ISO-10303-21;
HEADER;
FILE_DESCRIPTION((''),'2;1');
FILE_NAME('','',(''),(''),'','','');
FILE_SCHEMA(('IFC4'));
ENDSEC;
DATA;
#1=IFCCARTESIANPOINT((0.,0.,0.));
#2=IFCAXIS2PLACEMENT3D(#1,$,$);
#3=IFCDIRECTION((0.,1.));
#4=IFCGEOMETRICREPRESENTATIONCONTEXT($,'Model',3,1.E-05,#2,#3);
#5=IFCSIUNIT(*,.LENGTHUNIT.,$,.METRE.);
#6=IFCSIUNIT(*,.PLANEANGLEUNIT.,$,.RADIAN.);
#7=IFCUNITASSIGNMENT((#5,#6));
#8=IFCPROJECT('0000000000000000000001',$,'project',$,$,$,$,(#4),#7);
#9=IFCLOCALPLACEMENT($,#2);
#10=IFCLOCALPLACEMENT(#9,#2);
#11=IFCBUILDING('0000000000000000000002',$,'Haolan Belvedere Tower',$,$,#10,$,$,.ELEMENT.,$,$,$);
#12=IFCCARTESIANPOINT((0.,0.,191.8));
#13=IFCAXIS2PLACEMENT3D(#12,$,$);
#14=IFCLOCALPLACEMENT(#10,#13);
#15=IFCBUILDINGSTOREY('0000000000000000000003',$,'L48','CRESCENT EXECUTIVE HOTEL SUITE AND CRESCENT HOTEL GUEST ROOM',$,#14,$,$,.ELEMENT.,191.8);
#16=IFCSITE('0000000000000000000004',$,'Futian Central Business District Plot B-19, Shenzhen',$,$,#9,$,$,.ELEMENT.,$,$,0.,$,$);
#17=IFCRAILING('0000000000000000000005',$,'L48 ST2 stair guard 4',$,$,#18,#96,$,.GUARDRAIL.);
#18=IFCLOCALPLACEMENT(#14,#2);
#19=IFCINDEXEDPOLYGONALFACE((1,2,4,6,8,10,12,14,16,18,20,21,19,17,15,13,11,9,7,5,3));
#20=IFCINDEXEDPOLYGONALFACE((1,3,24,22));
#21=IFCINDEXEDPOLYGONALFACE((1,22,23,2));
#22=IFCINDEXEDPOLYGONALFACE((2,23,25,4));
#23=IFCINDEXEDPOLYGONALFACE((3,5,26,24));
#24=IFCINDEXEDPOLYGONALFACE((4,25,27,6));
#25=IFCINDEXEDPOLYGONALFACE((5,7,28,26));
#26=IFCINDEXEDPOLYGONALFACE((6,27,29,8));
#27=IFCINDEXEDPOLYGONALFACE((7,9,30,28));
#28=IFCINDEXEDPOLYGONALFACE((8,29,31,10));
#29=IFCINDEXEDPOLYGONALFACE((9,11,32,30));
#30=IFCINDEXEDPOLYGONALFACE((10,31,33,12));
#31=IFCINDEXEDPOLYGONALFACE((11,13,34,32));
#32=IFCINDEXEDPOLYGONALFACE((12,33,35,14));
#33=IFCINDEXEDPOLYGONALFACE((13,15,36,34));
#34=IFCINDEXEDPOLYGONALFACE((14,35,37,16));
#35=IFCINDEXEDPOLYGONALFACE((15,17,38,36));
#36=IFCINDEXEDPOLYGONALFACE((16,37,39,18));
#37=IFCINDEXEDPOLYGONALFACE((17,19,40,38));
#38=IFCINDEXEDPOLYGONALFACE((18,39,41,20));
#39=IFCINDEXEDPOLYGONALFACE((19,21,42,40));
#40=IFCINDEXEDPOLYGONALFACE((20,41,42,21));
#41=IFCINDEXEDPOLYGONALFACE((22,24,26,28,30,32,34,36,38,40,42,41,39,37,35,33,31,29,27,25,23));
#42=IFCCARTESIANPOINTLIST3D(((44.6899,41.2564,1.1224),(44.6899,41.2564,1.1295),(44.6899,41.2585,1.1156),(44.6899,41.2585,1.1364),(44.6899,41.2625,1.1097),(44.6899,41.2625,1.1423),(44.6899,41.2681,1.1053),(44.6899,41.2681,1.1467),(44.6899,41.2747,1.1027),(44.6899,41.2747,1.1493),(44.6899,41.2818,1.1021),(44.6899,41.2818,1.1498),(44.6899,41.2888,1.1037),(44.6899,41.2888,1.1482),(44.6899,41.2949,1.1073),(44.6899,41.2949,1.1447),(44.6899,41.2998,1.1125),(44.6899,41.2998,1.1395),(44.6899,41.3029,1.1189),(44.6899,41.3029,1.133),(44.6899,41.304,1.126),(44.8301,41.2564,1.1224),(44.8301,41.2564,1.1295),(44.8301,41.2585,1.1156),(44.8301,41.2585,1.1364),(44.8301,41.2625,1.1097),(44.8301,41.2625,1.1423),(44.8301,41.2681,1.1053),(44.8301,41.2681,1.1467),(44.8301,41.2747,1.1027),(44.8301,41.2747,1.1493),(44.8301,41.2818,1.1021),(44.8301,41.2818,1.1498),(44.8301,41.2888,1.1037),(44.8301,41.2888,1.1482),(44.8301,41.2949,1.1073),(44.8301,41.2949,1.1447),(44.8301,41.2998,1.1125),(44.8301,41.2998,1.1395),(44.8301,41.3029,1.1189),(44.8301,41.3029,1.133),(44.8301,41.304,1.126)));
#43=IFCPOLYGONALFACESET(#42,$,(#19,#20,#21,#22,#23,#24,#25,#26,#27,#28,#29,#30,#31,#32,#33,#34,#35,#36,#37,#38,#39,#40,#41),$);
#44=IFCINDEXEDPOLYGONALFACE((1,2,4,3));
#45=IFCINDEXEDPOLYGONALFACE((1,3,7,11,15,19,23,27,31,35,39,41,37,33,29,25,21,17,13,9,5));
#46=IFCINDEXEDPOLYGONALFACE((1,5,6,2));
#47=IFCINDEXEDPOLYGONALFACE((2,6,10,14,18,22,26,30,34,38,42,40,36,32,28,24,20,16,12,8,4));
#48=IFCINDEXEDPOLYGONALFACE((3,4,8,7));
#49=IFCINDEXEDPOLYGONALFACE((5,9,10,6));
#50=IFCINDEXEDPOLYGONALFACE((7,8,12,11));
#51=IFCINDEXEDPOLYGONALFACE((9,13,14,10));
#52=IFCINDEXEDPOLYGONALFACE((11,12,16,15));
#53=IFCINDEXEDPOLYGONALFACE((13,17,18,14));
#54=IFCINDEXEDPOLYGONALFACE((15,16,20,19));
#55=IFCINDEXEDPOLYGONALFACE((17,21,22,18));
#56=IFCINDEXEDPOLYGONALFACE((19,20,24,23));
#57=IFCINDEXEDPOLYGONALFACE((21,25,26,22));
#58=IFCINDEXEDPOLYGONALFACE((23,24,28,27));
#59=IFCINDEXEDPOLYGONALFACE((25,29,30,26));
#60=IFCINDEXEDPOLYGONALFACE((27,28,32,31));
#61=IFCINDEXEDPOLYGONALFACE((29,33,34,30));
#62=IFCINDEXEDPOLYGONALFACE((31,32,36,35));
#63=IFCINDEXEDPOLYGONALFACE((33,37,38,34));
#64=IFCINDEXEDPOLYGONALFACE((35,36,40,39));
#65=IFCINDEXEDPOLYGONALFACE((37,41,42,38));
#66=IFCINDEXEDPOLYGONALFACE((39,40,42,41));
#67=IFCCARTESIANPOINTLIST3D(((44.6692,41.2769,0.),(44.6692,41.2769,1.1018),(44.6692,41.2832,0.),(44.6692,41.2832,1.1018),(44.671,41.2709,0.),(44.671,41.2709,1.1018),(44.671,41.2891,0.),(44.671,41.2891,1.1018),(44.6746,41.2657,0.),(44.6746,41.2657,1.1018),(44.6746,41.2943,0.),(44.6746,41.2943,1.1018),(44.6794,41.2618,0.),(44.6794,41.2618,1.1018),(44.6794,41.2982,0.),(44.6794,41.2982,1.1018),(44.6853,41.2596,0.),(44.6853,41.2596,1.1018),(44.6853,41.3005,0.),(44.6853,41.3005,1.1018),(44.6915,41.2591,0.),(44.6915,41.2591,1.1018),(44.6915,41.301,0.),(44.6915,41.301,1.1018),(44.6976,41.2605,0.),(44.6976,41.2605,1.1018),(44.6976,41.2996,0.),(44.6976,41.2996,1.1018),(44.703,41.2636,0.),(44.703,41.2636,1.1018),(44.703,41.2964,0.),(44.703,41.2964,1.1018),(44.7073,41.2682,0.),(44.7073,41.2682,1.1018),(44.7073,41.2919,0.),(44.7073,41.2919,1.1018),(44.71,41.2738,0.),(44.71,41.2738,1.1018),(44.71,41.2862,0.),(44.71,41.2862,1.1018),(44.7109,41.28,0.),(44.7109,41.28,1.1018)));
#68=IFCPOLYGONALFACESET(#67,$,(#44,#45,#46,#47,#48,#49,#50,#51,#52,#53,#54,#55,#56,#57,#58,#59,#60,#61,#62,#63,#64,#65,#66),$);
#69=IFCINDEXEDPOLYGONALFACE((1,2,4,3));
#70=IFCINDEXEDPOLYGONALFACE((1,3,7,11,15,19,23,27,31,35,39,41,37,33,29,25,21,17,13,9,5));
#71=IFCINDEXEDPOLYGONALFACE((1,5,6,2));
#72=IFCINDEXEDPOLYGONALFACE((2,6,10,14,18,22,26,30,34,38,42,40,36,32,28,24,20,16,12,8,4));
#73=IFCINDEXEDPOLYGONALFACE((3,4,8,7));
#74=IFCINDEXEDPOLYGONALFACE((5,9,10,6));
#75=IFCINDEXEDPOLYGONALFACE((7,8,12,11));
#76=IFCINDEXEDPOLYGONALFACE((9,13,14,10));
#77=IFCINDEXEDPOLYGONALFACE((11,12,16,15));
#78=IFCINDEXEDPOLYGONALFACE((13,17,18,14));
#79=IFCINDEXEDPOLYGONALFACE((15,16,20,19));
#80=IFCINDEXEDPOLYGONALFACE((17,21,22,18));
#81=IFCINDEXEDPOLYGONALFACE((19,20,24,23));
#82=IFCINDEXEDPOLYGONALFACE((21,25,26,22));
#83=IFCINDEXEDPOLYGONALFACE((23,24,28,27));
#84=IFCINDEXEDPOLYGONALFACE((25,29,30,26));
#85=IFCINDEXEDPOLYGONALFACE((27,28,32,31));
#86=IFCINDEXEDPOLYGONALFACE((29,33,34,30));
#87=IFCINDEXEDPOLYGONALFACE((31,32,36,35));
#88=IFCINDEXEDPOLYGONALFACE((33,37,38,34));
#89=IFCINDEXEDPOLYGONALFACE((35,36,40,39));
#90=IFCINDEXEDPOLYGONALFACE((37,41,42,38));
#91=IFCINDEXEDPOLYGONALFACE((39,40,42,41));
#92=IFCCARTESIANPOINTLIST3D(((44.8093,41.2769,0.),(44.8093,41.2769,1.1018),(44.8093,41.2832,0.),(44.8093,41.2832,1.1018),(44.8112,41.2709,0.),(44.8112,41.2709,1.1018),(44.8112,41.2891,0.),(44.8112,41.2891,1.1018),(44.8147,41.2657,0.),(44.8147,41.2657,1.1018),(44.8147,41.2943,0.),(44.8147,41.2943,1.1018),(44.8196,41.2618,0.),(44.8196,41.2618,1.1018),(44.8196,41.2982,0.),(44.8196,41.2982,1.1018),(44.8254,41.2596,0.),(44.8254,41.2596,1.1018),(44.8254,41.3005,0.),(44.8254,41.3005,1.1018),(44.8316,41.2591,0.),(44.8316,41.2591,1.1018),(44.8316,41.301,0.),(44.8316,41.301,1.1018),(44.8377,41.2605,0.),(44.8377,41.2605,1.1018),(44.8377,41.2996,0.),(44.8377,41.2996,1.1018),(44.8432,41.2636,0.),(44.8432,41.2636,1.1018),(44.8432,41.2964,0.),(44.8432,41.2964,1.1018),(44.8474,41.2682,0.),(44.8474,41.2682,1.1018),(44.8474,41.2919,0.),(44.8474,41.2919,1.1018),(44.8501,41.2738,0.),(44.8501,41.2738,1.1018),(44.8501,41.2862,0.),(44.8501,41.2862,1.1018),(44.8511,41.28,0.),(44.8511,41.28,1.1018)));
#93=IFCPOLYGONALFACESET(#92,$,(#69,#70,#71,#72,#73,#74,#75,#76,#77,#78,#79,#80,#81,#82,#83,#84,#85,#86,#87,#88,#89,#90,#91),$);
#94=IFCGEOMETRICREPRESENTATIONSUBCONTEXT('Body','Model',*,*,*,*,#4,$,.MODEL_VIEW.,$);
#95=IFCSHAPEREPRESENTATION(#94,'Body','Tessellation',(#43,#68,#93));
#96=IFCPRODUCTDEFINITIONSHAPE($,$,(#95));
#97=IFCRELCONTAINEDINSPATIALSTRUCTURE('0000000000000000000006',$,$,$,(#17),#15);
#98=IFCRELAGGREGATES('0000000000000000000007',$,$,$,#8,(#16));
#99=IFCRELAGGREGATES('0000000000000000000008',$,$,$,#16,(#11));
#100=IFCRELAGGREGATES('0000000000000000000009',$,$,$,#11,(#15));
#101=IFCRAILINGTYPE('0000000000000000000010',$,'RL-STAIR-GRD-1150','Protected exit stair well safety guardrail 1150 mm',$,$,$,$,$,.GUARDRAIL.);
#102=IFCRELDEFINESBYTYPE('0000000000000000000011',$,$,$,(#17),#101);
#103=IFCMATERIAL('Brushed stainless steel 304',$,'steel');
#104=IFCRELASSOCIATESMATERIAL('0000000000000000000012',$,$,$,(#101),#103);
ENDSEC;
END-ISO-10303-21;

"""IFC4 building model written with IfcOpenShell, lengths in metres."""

from ifc_helpers import new_model, si_unit, direction, frame, origin, origin_2d, place, context, subcontext, project, spatial, circle, extrude, material, type_object, element, save


model = new_model("IFC4")

# Units and contexts
model_context = context("Model", 3, precision=1e-05, world=origin(), true_north=direction((0.0, 1.0)))
body_context = subcontext(model_context, "Body", "Model", "MODEL_VIEW")
ifc_project = project(units=[si_unit("LENGTHUNIT", "METRE"), si_unit("PLANEANGLEUNIT", "RADIAN")], contexts=[model_context])

# Site, building, storey
site_placement = place(None, origin())
site = spatial("IfcSite", under=ifc_project, at=site_placement, Name="Futian Central Business District Plot B-19, Shenzhen", CompositionType="ELEMENT", RefElevation=0.0)
building_placement = place(site_placement, origin())
building = spatial("IfcBuilding", under=site, at=building_placement, Name="Haolan Belvedere Tower", CompositionType="ELEMENT")
storey_placement = place(building_placement, frame((0.0, 0.0, 191.8)))
storey = spatial("IfcBuildingStorey", under=building, at=storey_placement, Name="L48", Description="CRESCENT EXECUTIVE HOTEL SUITE AND CRESCENT HOTEL GUEST ROOM", CompositionType="ELEMENT", Elevation=191.8)

# Railing
ifc_material_1 = material(Name="Brushed stainless steel 304", Category="steel")
railing_type_1 = type_object("IfcRailingType", Name="RL-STAIR-GRD-1150", Description="Protected exit stair well safety guardrail 1150 mm", PredefinedType="GUARDRAIL", material=ifc_material_1)
railing_1_placement = place(storey_placement, frame((44.6899, 41.28, 0.0)))
element("IfcRailing", 1, at=railing_1_placement, inside=storey, type_object=railing_type_1, Name="L48 ST2 stair guard 4", PredefinedType="GUARDRAIL", context=body_context, shape_type="SweptSolid", body=[
    extrude(circle(Radius=0.0239, at=origin_2d()), frame((0.0, 0.0, 1.126), z_axis=(1.0, 0.0, 0.0), x_axis=(0.0, 1.0, 0.0)), (0.0, 0.0, 1.0), 0.1401),
    extrude(circle(Radius=0.021, at=origin_2d()), origin(), (0.0, 0.0, 1.0), 1.1018),
    extrude(circle(Radius=0.021, at=origin_2d()), frame((0.1401, 0.0, 0.0)), (0.0, 0.0, 1.0), 1.1018),
])

save(model, "model.ifc")
